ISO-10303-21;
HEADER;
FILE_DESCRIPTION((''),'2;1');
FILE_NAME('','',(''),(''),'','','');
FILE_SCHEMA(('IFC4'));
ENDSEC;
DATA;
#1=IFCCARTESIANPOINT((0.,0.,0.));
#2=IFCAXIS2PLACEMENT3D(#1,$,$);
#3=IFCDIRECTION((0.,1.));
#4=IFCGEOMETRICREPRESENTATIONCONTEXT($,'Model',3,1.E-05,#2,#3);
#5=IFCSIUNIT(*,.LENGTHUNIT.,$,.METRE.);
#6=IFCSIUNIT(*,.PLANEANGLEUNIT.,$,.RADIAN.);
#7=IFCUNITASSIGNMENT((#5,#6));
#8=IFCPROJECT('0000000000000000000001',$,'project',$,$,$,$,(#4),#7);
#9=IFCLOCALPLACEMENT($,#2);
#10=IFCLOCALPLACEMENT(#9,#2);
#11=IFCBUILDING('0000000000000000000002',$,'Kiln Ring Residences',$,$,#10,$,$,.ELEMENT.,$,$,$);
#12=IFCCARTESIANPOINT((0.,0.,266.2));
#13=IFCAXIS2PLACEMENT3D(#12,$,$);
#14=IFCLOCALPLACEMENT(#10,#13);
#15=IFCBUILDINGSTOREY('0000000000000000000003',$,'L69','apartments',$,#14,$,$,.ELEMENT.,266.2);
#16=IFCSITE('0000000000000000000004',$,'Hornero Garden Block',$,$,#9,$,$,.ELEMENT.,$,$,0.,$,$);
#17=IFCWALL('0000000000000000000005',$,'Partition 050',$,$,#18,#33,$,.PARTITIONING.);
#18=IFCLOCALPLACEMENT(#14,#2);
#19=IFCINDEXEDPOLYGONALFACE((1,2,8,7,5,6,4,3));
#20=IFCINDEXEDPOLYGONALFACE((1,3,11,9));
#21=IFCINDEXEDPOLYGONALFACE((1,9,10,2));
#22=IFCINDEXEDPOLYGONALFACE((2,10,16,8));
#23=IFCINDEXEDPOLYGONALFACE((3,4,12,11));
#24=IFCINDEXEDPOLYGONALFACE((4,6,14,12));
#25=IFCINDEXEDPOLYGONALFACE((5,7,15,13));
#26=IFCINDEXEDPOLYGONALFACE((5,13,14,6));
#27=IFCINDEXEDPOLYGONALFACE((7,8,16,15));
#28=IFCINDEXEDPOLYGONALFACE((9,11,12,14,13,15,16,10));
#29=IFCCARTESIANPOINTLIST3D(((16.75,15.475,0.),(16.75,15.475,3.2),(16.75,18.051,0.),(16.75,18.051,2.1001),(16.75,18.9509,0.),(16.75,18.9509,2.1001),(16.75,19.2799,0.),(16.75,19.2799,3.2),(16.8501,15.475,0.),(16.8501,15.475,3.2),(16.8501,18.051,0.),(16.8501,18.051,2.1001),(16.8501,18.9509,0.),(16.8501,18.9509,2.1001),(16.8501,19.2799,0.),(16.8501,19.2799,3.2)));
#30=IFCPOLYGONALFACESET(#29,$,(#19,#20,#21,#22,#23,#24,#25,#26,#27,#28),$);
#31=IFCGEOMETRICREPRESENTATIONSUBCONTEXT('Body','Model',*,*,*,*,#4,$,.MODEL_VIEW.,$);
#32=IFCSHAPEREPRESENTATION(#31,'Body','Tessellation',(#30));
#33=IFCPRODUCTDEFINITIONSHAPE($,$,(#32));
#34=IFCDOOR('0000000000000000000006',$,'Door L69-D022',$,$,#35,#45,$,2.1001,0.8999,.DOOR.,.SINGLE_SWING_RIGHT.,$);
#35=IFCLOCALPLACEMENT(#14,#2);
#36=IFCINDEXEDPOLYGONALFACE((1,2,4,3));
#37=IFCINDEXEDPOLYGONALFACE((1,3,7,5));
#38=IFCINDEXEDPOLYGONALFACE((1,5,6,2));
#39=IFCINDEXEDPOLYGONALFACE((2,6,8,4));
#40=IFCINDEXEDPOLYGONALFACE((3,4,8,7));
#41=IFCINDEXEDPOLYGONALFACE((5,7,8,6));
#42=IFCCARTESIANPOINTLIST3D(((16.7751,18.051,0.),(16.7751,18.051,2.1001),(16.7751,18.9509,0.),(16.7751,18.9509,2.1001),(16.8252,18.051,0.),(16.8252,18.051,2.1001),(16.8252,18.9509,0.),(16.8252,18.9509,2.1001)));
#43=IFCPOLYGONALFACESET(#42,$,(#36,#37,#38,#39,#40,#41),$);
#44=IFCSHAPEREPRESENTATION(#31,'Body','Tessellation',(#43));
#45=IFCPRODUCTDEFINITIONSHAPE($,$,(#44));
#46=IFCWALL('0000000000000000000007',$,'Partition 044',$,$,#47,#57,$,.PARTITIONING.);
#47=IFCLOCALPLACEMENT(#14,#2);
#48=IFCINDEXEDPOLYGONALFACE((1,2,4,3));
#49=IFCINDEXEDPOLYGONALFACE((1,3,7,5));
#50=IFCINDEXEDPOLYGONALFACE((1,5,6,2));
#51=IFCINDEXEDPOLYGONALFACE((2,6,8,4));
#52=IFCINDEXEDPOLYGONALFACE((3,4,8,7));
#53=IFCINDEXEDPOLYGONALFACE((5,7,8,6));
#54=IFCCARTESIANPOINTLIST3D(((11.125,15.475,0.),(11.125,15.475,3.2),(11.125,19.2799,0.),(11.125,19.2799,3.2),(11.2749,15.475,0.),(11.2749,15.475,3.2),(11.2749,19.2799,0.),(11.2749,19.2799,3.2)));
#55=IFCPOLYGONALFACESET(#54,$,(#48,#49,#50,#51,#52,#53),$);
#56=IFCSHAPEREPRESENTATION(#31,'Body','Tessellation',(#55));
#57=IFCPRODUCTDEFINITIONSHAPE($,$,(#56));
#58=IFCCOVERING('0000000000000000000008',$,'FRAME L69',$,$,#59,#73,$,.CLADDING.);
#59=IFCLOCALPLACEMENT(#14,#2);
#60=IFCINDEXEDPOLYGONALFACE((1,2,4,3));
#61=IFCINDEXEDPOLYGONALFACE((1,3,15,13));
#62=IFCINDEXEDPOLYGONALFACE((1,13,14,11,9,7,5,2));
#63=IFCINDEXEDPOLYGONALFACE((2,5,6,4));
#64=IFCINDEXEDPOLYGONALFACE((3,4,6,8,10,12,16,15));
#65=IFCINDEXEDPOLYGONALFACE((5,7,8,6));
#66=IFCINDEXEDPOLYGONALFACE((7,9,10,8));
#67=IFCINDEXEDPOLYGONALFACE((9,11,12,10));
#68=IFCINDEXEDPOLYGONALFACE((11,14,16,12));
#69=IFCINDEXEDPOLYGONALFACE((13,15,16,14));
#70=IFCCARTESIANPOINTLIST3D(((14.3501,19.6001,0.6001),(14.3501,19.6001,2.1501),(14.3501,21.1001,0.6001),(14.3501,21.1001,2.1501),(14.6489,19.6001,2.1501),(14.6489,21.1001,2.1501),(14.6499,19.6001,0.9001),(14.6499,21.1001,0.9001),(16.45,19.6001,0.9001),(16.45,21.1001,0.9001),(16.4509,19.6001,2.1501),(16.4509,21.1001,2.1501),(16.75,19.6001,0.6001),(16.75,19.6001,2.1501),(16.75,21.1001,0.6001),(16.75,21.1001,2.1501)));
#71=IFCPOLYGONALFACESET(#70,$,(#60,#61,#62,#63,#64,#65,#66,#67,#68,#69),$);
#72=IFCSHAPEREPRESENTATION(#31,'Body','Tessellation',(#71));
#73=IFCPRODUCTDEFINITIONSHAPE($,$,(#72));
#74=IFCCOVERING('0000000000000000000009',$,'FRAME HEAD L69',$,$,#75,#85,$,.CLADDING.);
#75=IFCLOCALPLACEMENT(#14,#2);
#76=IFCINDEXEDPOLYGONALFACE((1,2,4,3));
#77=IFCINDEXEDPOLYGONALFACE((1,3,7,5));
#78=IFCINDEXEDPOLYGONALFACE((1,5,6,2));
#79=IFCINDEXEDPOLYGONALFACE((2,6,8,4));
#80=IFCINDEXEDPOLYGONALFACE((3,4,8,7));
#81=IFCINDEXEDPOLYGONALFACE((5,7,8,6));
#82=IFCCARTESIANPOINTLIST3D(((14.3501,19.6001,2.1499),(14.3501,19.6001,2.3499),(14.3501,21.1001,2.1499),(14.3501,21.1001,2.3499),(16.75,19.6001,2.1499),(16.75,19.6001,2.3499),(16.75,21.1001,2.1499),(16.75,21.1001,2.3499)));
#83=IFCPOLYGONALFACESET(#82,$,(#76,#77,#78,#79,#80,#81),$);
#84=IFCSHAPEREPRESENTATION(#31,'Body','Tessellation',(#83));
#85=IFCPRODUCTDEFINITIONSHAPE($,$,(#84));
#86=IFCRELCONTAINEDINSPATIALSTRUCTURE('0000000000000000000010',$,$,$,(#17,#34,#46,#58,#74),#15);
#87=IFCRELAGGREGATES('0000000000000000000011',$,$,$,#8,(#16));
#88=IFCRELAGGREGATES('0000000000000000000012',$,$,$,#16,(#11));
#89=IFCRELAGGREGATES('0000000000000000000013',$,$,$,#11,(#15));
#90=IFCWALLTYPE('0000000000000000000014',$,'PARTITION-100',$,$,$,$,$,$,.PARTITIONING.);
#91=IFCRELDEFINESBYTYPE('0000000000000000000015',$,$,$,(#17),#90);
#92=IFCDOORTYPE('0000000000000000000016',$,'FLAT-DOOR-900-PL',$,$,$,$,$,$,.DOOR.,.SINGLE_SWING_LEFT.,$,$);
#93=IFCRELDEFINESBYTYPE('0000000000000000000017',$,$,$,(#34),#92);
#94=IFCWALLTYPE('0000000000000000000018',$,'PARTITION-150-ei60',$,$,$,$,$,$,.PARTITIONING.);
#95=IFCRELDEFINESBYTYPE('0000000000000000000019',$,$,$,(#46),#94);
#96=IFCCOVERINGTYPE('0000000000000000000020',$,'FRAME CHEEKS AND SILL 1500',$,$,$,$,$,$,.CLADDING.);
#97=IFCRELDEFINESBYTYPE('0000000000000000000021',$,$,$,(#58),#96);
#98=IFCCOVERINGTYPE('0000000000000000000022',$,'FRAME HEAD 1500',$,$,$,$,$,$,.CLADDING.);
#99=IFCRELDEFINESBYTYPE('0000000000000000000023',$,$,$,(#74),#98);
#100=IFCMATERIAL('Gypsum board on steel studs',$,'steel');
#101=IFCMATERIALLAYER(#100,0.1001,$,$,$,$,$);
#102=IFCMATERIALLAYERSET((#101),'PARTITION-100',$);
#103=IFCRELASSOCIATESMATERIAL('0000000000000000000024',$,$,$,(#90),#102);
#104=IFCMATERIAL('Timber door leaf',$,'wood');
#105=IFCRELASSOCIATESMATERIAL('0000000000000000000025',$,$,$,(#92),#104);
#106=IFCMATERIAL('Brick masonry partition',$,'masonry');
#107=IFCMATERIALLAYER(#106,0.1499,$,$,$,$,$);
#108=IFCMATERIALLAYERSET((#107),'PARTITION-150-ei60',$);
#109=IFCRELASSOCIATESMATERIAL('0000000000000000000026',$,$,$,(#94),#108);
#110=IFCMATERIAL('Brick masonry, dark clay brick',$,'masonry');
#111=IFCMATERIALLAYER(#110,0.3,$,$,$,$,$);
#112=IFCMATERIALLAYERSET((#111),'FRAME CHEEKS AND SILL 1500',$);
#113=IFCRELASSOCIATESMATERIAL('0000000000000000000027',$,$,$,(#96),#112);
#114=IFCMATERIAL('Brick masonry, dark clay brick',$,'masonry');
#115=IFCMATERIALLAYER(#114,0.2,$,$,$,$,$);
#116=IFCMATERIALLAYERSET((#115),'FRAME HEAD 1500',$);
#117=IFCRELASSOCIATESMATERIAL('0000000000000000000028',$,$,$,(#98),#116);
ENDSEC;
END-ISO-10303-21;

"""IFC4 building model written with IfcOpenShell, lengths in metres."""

from ifc_helpers import new_model, si_unit, direction, frame, frame_2d, origin, origin_2d, place, context, subcontext, project, spatial, polyline, rectangle, outline, extrude, material, layer, layer_set, type_object, element, fill, save


model = new_model("IFC4")

# Units and contexts
model_context = context("Model", 3, precision=1e-05, world=origin(), true_north=direction((0.0, 1.0)))
body_context = subcontext(model_context, "Body", "Model", "MODEL_VIEW")
ifc_project = project(units=[si_unit("LENGTHUNIT", "METRE"), si_unit("PLANEANGLEUNIT", "RADIAN")], contexts=[model_context])

# Site, building, storey
site_placement = place(None, origin())
site = spatial("IfcSite", under=ifc_project, at=site_placement, Name="Hornero Garden Block", CompositionType="ELEMENT", RefElevation=0.0)
building_placement = place(site_placement, origin())
building = spatial("IfcBuilding", under=site, at=building_placement, Name="Kiln Ring Residences", CompositionType="ELEMENT")
storey_placement = place(building_placement, frame((0.0, 0.0, 266.2)))
storey = spatial("IfcBuildingStorey", under=building, at=storey_placement, Name="L69", Description="apartments", CompositionType="ELEMENT", Elevation=266.2)

# Wall, opening, door
ifc_material_1 = material(Name="Gypsum board on steel studs", Category="steel")
ifc_layer_1 = layer(ifc_material_1, 0.1001)
ifc_layer_set_1 = layer_set([ifc_layer_1], Name="PARTITION-100")
wall_type_1 = type_object("IfcWallType", Name="PARTITION-100", PredefinedType="PARTITIONING", material=ifc_layer_set_1)
wall_1_placement = place(storey_placement, frame((16.8, 15.4751, 0.0), z_axis=(0.0, 0.0, 1.0), x_axis=(0.0, 1.0, 0.0)))
wall_1 = element("IfcWall", 1, at=wall_1_placement, inside=storey, type_object=wall_type_1, Name="Partition 050", PredefinedType="PARTITIONING", context=body_context, shape_type="SweptSolid", body=[
    extrude(rectangle(XDim=3.8049, YDim=0.1001, at=frame_2d((1.9023, 0.0))), origin(), (0.0, 0.0, 1.0), 3.2),
])
opening_1_placement = place(wall_1_placement, frame((2.5759, 0.0, 0.0)))
opening_1 = element("IfcOpeningElement", 2, at=opening_1_placement, cuts=wall_1, PredefinedType="OPENING", context=body_context, shape_type="SweptSolid", body=[
    extrude(rectangle(XDim=0.8999, YDim=2.1001, at=frame_2d((0.45, 1.05))), frame((0.0, 0.0601, 0.0), z_axis=(0.0, -1.0, 0.0), x_axis=(1.0, 0.0, 0.0)), (0.0, 0.0, 1.0), 0.1201),
])
ifc_material_2 = material(Name="Timber door leaf", Category="wood")
door_type_1 = type_object("IfcDoorType", Name="FLAT-DOOR-900-PL", OperationType="SINGLE_SWING_LEFT", PredefinedType="DOOR", material=ifc_material_2)
door_1_placement = place(opening_1_placement, origin())
door_1 = element("IfcDoor", 3, at=door_1_placement, inside=storey, type_object=door_type_1, Name="Door L69-D022", OperationType="SINGLE_SWING_RIGHT", OverallHeight=2.1001, OverallWidth=0.8999, PredefinedType="DOOR", context=body_context, shape_type="SweptSolid", body=[
    extrude(rectangle(XDim=0.8999, YDim=2.1001, at=frame_2d((0.45, 1.05))), frame((0.0, 0.0249, 0.0), z_axis=(0.0, -1.0, 0.0), x_axis=(1.0, 0.0, 0.0)), (0.0, 0.0, 1.0), 0.05),
])
fill(opening_1, door_1)

# Wall
ifc_material_3 = material(Name="Brick masonry partition", Category="masonry")
ifc_layer_2 = layer(ifc_material_3, 0.1499)
ifc_layer_set_2 = layer_set([ifc_layer_2], Name="PARTITION-150-ei60")
wall_type_2 = type_object("IfcWallType", Name="PARTITION-150-ei60", PredefinedType="PARTITIONING", material=ifc_layer_set_2)
wall_2_placement = place(storey_placement, frame((11.2, 15.4751, 0.0), z_axis=(0.0, 0.0, 1.0), x_axis=(0.0, 1.0, 0.0)))
element("IfcWall", 4, at=wall_2_placement, inside=storey, type_object=wall_type_2, Name="Partition 044", PredefinedType="PARTITIONING", context=body_context, shape_type="SweptSolid", body=[
    extrude(rectangle(XDim=3.8049, YDim=0.1499, at=frame_2d((1.9023, 0.0))), origin(), (0.0, 0.0, 1.0), 3.2),
])

# Coverings
ifc_material_4 = material(Name="Brick masonry, dark clay brick", Category="masonry")
ifc_layer_3 = layer(ifc_material_4, 0.3)
ifc_layer_set_3 = layer_set([ifc_layer_3], Name="FRAME CHEEKS AND SILL 1500")
covering_type_1 = type_object("IfcCoveringType", Name="FRAME CHEEKS AND SILL 1500", PredefinedType="CLADDING", material=ifc_layer_set_3)
covering_1_placement = place(storey_placement, frame((16.75, 20.3501, 0.6001), z_axis=(0.0, 0.0, 1.0), x_axis=(-1.0, 0.0, 0.0)))
element("IfcCovering", 5, at=covering_1_placement, inside=storey, type_object=covering_type_1, Name="FRAME L69", PredefinedType="CLADDING", context=body_context, shape_type="SweptSolid", body=[
    extrude(outline(polyline([(0.0, 0.0), (2.3999, 0.0), (2.3999, 1.55), (2.1011, 1.55), (2.1001, 0.3), (0.3, 0.3), (0.2991, 1.55), (0.0, 1.55), (0.0, 0.0)])), frame((0.0, 0.75, 0.0), z_axis=(0.0, -1.0, 0.0), x_axis=(1.0, 0.0, 0.0)), (0.0, 0.0, 1.0), 1.5),
])
ifc_material_5 = material(Name="Brick masonry, dark clay brick", Category="masonry")
ifc_layer_4 = layer(ifc_material_5, 0.2)
ifc_layer_set_4 = layer_set([ifc_layer_4], Name="FRAME HEAD 1500")
covering_type_2 = type_object("IfcCoveringType", Name="FRAME HEAD 1500", PredefinedType="CLADDING", material=ifc_layer_set_4)
covering_2_placement = place(storey_placement, frame((15.55, 20.3501, 2.1499), z_axis=(0.0, 0.0, 1.0), x_axis=(-1.0, 0.0, 0.0)))
element("IfcCovering", 6, at=covering_2_placement, inside=storey, type_object=covering_type_2, Name="FRAME HEAD L69", PredefinedType="CLADDING", context=body_context, shape_type="SweptSolid", body=[
    extrude(rectangle(XDim=2.3999, YDim=1.5, at=origin_2d()), origin(), (0.0, 0.0, 1.0), 0.2),
])

save(model, "model.ifc")
